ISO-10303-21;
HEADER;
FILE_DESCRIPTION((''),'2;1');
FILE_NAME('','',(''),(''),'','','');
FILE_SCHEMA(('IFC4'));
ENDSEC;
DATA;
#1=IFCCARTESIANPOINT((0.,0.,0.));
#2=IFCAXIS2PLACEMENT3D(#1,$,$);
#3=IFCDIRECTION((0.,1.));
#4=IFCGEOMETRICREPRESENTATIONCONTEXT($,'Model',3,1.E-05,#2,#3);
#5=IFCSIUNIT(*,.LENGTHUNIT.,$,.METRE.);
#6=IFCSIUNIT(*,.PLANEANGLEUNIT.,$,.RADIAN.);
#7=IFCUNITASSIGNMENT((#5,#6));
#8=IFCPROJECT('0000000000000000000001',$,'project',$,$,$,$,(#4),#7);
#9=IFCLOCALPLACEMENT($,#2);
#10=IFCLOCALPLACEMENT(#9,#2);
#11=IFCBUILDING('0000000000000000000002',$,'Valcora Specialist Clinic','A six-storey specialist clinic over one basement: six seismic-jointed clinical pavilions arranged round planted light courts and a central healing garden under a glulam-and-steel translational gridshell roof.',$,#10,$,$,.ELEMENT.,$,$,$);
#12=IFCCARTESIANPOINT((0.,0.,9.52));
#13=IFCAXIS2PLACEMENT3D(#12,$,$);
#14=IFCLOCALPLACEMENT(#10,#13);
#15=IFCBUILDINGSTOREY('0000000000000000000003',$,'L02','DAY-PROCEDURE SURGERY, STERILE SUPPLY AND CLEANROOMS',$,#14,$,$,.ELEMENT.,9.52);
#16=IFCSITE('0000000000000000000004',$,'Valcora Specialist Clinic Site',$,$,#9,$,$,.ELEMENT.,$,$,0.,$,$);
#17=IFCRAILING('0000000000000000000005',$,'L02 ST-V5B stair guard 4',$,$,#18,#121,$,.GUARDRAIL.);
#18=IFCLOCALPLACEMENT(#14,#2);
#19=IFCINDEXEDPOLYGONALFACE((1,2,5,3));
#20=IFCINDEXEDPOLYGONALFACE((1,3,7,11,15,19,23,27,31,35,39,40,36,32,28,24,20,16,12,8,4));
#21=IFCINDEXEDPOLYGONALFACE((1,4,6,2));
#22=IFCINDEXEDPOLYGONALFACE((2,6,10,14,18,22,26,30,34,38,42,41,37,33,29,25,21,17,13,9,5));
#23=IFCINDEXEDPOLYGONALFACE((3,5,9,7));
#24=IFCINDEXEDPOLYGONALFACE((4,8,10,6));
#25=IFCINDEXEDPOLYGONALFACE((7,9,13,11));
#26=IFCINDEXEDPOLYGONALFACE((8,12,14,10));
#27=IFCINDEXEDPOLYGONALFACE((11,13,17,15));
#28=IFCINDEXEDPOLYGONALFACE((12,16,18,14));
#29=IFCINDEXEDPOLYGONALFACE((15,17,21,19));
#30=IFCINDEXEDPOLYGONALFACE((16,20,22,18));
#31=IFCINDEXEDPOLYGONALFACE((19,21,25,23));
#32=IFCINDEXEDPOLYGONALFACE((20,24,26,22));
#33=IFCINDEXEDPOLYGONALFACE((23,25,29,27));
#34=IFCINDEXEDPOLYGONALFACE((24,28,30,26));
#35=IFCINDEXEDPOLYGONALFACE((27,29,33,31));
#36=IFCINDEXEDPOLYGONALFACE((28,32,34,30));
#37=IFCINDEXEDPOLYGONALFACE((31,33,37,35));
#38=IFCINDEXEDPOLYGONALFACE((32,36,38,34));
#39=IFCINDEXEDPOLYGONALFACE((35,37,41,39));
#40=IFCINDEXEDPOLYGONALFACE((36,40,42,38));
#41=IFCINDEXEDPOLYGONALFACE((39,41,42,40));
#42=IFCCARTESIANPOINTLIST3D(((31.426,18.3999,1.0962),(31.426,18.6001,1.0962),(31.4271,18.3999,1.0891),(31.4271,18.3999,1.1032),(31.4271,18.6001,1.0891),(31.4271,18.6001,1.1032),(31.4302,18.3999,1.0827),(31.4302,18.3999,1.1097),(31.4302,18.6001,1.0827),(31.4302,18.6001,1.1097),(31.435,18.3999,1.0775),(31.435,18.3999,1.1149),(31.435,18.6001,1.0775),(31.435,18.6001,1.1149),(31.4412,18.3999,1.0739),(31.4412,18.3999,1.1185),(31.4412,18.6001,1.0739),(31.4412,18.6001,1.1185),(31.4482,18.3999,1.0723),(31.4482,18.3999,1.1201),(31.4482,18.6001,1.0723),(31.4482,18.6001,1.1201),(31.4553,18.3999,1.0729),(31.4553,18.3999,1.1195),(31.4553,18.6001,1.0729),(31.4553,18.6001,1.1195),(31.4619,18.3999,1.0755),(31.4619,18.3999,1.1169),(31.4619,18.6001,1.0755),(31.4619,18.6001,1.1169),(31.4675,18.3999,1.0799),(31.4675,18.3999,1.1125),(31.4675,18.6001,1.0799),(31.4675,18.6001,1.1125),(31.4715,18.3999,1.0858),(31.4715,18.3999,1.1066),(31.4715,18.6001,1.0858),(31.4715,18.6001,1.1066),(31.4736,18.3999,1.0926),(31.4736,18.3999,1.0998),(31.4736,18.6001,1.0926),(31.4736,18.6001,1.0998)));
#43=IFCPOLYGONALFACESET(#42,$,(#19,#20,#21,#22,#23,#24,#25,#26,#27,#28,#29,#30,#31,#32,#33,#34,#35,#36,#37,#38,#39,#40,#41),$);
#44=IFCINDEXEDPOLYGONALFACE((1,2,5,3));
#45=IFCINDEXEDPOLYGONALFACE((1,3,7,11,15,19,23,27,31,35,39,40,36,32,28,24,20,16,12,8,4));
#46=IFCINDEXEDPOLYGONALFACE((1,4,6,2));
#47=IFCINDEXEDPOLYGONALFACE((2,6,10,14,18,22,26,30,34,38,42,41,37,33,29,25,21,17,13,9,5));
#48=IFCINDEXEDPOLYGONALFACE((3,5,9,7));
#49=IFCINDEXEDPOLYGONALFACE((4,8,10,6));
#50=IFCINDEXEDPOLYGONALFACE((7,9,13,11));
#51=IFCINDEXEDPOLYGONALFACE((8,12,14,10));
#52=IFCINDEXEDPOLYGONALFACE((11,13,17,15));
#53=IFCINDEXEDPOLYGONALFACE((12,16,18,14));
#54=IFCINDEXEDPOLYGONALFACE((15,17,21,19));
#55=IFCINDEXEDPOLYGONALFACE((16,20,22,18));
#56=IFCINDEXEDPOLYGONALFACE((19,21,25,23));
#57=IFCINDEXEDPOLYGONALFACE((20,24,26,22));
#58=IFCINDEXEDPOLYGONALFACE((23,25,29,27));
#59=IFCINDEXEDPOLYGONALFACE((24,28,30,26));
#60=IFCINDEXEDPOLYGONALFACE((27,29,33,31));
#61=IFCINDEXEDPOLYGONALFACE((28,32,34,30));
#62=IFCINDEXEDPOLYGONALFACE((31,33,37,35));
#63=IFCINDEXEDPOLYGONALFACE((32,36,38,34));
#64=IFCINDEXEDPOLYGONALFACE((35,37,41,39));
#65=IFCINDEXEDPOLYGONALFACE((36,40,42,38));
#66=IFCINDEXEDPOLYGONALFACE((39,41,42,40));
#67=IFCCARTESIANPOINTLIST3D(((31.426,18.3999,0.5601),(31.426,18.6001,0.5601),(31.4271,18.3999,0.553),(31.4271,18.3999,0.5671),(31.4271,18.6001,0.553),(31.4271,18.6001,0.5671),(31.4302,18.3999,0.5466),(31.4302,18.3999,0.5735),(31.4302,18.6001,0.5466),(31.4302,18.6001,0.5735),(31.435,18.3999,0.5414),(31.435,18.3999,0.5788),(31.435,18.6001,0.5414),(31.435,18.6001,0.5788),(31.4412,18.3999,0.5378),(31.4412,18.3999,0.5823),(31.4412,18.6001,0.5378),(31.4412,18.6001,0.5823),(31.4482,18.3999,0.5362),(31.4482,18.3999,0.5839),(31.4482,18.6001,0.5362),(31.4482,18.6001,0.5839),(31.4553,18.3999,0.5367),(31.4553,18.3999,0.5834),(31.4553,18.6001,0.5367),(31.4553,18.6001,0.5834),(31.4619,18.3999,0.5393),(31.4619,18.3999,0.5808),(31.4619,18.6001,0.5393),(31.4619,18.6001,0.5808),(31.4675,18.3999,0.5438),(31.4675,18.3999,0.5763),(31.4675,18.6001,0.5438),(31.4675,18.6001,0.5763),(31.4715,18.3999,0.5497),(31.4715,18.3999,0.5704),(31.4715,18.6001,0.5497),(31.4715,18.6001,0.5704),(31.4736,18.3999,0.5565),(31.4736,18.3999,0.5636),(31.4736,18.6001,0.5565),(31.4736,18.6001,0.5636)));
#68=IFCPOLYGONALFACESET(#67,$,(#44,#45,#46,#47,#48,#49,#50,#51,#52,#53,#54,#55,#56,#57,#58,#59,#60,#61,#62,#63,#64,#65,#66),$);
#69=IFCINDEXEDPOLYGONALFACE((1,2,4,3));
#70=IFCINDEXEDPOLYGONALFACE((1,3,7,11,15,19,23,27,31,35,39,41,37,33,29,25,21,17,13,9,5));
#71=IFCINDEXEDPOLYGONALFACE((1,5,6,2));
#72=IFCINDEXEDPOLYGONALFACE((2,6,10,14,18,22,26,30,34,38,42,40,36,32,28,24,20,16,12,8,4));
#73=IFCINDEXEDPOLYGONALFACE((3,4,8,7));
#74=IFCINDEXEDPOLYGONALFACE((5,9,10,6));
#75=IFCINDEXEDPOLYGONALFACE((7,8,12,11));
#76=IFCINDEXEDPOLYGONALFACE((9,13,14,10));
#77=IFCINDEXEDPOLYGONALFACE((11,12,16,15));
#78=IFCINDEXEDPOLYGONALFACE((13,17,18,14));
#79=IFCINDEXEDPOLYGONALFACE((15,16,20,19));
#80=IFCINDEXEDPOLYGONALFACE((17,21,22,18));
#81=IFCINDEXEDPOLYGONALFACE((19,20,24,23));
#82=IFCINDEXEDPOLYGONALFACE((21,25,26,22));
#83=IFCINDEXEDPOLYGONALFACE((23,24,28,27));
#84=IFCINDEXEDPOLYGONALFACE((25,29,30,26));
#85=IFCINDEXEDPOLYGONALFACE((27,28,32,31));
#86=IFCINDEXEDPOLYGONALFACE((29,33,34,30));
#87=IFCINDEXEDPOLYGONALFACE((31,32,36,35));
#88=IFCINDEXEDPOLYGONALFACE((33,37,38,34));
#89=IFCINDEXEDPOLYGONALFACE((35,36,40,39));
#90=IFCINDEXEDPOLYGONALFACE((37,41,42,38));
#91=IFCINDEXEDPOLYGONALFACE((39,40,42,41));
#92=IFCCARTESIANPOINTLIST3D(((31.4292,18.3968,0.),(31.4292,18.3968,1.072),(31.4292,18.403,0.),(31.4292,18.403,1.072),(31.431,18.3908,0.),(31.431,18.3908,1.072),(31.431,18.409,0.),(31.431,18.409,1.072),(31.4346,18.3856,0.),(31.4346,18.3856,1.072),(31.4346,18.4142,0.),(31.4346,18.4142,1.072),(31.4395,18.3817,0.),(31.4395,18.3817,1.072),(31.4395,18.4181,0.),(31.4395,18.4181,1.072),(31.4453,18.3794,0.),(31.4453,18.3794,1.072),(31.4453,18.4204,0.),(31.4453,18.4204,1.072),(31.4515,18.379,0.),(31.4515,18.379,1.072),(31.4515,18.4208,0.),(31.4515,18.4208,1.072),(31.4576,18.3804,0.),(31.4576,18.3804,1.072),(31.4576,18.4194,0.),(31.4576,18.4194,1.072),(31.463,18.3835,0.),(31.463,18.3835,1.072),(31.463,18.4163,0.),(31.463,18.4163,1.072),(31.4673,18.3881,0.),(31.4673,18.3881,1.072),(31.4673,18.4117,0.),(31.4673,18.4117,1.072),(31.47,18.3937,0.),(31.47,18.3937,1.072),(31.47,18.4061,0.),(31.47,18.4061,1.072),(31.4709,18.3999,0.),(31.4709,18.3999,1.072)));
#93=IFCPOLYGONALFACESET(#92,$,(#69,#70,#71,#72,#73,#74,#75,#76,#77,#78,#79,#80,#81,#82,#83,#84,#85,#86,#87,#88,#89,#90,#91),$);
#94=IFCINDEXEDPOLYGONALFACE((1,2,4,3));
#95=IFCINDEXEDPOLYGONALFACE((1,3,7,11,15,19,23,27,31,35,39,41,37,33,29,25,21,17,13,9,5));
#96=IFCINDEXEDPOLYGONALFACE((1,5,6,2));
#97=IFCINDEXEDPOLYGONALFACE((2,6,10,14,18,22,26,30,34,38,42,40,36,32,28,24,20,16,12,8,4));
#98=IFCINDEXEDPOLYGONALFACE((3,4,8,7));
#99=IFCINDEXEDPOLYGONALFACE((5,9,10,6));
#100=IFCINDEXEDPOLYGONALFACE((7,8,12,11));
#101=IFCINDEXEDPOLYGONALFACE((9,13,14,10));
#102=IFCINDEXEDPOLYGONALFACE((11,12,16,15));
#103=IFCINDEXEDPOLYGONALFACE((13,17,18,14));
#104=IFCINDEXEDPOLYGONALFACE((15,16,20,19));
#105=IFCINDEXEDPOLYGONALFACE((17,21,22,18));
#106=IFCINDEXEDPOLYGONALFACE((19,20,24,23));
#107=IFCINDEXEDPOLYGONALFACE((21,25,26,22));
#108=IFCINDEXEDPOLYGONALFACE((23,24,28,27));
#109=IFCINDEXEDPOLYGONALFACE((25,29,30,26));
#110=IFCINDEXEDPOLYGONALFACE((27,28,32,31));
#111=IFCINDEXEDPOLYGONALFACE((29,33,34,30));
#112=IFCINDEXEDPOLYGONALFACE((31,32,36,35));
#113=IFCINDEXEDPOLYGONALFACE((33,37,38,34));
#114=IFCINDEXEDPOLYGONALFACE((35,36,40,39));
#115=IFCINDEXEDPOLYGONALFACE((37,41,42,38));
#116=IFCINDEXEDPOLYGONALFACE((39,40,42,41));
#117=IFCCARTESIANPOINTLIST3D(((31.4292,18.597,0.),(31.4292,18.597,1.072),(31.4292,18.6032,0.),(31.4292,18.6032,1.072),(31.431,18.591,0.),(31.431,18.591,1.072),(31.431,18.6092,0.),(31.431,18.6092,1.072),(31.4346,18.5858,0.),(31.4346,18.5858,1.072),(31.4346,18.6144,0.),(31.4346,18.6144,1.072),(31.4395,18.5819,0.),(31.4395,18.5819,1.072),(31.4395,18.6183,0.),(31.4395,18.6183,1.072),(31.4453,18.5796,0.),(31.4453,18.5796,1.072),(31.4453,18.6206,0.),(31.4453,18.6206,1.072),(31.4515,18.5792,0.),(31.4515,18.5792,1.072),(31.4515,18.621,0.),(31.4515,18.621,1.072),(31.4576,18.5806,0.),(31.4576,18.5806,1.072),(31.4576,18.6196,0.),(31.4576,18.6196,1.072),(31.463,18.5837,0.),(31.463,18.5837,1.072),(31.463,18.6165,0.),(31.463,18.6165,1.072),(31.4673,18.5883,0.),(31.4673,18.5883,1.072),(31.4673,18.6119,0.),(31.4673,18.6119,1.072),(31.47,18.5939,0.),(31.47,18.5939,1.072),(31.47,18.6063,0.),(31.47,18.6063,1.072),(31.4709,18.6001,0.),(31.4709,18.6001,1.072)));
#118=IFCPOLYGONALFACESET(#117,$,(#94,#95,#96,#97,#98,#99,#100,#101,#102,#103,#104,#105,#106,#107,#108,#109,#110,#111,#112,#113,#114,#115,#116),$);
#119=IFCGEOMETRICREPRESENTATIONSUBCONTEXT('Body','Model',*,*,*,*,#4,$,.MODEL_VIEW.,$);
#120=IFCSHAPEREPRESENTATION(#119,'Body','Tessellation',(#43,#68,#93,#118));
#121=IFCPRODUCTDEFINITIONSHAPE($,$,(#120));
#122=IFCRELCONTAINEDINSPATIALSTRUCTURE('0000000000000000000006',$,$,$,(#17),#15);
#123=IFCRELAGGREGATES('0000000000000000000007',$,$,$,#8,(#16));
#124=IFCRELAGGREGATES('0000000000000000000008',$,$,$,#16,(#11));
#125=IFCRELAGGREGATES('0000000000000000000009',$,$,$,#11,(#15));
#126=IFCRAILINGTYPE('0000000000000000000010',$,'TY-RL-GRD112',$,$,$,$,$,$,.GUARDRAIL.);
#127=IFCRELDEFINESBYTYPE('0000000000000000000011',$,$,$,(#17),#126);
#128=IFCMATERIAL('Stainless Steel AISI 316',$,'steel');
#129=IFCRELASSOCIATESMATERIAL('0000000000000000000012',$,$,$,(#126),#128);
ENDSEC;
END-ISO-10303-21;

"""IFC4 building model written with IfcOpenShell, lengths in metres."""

from ifc_helpers import new_model, si_unit, direction, frame, origin, origin_2d, place, context, subcontext, project, spatial, circle, extrude, material, type_object, element, save


model = new_model("IFC4")

# Units and contexts
model_context = context("Model", 3, precision=1e-05, world=origin(), true_north=direction((0.0, 1.0)))
body_context = subcontext(model_context, "Body", "Model", "MODEL_VIEW")
ifc_project = project(units=[si_unit("LENGTHUNIT", "METRE"), si_unit("PLANEANGLEUNIT", "RADIAN")], contexts=[model_context])

# Site, building, storey
site_placement = place(None, origin())
site = spatial("IfcSite", under=ifc_project, at=site_placement, Name="Valcora Specialist Clinic Site", CompositionType="ELEMENT", RefElevation=0.0)
building_placement = place(site_placement, origin())
building = spatial("IfcBuilding", under=site, at=building_placement, Name="Valcora Specialist Clinic", Description="A six-storey specialist clinic over one basement: six seismic-jointed clinical pavilions arranged round planted light courts and a central healing garden under a glulam-and-steel translational gridshell roof.", CompositionType="ELEMENT")
storey_placement = place(building_placement, frame((0.0, 0.0, 9.52)))
storey = spatial("IfcBuildingStorey", under=building, at=storey_placement, Name="L02", Description="DAY-PROCEDURE SURGERY, STERILE SUPPLY AND CLEANROOMS", CompositionType="ELEMENT", Elevation=9.52)

# Shared definitions
ifc_material_1 = material(Name="Stainless Steel AISI 316", Category="steel")

# Railing
railing_type_1 = type_object("IfcRailingType", Name="TY-RL-GRD112", PredefinedType="GUARDRAIL", material=ifc_material_1)
railing_1_placement = place(storey_placement, frame((31.45, 18.3999, 0.0)))
element("IfcRailing", 1, at=railing_1_placement, inside=storey, type_object=railing_type_1, Name="L02 ST-V5B stair guard 4", PredefinedType="GUARDRAIL", context=body_context, shape_type="SweptSolid", body=[
    extrude(circle(Radius=0.0239, at=origin_2d()), frame((0.0, 0.0, 1.0962), z_axis=(0.0, 1.0, 0.0), x_axis=(-1.0, 0.0, 0.0)), (0.0, 0.0, 1.0), 0.2002),
    extrude(circle(Radius=0.0239, at=origin_2d()), frame((0.0, 0.0, 0.5601), z_axis=(0.0, 1.0, 0.0), x_axis=(-1.0, 0.0, 0.0)), (0.0, 0.0, 1.0), 0.2002),
    extrude(circle(Radius=0.021, at=origin_2d()), origin(), (0.0, 0.0, 1.0), 1.072),
    extrude(circle(Radius=0.021, at=origin_2d()), frame((0.0, 0.2002, 0.0)), (0.0, 0.0, 1.0), 1.072),
])

save(model, "model.ifc")
